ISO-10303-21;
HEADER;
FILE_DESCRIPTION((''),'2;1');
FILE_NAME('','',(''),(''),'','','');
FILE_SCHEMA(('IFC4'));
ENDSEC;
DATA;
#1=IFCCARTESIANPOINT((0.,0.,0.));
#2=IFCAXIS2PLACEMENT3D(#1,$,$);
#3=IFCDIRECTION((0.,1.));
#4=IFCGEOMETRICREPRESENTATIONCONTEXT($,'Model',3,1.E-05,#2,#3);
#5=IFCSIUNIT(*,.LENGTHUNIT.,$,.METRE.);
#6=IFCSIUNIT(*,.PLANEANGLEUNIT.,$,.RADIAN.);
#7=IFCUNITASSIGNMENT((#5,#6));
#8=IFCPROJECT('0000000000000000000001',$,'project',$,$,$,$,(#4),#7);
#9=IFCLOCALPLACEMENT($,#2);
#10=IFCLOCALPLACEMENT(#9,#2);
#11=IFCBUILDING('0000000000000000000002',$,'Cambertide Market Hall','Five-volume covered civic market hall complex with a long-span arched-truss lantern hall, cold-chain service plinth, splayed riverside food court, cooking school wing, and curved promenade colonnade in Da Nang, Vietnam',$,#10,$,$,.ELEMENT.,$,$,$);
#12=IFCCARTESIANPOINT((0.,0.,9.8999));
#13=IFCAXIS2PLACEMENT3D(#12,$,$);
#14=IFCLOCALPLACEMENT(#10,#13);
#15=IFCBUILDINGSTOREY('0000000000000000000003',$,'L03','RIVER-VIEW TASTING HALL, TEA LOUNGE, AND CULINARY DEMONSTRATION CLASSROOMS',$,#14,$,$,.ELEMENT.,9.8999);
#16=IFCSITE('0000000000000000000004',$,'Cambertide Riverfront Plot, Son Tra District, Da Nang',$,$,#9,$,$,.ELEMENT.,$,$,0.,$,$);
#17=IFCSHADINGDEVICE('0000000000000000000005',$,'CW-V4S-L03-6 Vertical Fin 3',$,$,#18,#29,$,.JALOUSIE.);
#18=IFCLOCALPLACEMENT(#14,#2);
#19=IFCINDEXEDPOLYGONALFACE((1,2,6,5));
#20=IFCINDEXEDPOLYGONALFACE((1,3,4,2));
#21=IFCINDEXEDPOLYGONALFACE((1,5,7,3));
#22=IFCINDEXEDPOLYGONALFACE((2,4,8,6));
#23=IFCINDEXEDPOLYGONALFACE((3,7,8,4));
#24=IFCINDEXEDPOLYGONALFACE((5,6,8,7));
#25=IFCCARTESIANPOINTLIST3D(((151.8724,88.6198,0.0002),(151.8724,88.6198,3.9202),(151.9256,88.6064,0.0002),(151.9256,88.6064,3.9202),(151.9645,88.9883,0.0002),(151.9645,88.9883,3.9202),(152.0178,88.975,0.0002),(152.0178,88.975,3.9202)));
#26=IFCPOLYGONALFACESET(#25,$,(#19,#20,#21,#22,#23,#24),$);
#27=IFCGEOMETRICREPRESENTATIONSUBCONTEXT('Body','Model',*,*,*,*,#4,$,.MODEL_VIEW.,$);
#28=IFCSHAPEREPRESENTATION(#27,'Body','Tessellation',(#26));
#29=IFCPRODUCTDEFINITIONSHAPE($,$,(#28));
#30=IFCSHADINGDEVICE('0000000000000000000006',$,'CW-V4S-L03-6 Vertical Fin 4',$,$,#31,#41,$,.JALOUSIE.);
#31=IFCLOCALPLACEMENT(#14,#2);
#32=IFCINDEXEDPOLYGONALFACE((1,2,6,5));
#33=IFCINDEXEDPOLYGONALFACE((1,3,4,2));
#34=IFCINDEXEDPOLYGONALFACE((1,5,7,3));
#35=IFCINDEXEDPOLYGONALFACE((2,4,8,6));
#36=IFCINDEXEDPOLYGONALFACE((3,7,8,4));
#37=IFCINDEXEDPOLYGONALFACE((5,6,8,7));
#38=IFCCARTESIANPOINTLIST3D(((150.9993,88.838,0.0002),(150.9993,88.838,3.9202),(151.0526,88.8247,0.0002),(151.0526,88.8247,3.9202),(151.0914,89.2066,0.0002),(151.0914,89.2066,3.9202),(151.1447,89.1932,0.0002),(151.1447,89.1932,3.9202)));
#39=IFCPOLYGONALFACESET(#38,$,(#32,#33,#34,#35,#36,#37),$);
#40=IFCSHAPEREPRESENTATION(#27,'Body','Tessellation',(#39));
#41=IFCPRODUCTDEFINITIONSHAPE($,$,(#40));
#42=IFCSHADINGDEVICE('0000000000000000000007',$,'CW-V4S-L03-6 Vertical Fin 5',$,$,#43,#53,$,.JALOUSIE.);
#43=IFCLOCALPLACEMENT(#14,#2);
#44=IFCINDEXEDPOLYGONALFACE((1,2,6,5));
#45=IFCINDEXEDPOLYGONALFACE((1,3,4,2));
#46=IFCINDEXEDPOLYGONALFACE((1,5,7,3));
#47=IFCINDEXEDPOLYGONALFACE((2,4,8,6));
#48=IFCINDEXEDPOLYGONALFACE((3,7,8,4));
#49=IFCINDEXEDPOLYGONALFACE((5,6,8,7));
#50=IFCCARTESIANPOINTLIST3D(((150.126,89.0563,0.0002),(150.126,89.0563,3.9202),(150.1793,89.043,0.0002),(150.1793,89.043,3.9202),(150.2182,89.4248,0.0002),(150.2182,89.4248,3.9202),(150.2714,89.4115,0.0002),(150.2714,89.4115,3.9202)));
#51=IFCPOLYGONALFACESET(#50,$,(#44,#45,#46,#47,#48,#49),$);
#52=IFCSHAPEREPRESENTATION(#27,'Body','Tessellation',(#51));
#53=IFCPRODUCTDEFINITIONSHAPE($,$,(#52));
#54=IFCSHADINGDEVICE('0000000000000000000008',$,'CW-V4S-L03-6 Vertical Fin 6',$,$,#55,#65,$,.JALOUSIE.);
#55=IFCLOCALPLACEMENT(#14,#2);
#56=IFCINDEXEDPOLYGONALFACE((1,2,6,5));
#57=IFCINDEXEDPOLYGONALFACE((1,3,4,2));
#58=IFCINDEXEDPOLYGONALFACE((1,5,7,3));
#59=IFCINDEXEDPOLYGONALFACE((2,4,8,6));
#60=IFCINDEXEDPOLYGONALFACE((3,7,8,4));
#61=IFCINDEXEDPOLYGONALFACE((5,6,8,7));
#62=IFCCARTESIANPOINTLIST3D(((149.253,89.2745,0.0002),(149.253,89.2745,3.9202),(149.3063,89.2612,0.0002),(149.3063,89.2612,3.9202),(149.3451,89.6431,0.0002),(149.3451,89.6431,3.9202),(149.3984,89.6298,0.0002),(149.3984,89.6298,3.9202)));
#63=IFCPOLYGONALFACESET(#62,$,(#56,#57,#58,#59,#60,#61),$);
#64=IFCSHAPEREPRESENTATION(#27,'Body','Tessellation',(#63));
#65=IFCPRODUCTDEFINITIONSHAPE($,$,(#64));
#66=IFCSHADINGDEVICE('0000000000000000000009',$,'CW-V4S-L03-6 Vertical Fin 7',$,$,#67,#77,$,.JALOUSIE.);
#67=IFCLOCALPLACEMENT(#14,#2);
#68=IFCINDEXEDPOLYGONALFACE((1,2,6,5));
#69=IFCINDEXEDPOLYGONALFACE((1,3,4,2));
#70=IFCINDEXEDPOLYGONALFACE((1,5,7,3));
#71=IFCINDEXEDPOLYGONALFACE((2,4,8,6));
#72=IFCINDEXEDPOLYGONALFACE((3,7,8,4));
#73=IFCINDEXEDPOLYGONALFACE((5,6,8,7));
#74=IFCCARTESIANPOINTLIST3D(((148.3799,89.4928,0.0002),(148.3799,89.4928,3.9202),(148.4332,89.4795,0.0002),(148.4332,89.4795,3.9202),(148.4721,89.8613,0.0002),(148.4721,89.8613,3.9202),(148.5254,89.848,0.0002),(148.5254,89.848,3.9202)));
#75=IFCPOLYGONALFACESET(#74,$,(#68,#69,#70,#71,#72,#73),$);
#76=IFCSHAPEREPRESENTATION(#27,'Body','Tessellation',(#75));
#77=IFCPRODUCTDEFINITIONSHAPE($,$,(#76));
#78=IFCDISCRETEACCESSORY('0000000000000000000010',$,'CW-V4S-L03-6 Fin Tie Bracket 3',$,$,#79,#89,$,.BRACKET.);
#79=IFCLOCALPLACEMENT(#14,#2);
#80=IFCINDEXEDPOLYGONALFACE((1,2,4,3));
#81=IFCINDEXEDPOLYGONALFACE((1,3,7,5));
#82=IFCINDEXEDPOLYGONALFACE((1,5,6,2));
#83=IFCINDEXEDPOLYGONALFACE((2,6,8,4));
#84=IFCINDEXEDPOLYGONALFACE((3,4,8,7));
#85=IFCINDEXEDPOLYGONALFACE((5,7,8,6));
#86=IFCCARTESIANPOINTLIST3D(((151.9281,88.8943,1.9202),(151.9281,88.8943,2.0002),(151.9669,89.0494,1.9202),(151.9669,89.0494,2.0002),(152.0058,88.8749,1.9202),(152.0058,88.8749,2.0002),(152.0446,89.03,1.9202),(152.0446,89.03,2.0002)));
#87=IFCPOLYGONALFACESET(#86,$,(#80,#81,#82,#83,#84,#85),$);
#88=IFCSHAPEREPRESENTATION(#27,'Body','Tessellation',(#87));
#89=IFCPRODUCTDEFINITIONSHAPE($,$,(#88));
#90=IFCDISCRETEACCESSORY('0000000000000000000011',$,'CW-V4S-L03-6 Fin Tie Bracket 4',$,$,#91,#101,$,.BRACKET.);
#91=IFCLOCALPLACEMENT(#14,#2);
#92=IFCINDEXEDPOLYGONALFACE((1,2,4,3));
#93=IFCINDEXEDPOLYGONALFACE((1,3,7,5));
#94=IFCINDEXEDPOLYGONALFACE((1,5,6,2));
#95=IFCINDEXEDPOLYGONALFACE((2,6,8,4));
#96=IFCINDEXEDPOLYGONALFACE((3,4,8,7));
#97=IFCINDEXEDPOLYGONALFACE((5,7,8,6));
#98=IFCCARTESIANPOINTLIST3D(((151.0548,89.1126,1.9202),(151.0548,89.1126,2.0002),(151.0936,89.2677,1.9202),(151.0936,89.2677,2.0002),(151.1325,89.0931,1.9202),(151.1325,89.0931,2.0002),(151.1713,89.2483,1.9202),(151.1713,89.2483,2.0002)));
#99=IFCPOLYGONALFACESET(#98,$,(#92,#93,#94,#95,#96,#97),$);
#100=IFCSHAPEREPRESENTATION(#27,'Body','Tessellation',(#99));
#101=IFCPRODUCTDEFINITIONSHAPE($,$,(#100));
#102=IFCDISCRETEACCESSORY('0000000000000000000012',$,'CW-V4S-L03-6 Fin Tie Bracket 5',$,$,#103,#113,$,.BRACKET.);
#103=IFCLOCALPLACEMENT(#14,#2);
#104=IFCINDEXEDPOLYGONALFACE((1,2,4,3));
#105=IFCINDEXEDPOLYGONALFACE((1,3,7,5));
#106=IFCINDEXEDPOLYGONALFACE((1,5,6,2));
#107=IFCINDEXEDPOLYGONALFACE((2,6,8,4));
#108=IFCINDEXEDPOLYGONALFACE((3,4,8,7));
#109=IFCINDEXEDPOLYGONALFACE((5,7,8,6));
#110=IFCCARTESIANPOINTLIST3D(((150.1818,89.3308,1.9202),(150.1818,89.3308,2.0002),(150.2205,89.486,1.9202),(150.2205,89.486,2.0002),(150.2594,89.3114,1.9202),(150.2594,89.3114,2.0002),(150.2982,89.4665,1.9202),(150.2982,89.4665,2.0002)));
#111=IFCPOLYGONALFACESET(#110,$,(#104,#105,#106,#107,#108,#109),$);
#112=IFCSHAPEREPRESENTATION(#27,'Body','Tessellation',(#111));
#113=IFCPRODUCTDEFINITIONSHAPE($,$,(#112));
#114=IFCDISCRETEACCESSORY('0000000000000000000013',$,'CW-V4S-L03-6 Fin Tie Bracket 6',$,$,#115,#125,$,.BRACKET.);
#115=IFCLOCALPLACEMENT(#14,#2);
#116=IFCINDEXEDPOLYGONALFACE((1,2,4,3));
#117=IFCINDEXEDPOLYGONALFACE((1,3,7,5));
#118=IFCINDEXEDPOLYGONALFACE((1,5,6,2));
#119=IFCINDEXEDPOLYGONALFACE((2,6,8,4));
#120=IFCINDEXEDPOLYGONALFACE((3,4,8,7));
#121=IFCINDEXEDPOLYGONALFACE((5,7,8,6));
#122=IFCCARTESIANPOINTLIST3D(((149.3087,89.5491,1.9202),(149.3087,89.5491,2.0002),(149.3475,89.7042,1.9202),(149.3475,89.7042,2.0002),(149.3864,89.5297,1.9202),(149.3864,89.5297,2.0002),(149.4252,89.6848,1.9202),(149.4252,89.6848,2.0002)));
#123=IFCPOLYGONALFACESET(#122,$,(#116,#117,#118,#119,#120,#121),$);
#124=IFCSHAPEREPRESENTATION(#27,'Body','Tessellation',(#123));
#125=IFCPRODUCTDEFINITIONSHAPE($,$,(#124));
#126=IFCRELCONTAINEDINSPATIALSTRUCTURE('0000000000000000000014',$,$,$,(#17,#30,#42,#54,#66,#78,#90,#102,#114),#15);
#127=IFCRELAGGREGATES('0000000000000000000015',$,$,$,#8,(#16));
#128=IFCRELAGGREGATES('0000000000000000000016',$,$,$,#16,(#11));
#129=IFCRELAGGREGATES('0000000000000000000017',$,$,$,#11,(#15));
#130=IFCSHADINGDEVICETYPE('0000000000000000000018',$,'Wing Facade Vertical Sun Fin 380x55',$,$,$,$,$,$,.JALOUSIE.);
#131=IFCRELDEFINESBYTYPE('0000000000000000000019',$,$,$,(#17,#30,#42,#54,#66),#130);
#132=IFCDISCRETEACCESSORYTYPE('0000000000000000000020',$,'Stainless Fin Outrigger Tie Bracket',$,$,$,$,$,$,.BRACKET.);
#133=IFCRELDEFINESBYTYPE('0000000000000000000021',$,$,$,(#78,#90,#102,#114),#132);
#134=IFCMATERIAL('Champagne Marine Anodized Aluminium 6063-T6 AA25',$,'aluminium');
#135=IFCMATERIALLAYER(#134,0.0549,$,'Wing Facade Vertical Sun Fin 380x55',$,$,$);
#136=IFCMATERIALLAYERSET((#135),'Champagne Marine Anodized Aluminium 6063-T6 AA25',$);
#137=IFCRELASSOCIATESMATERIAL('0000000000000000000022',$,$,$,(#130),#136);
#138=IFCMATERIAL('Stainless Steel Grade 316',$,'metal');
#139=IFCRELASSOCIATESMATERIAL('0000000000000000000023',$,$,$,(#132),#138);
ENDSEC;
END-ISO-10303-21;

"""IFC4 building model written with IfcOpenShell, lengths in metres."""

from ifc_helpers import new_model, si_unit, direction, frame, origin, origin_2d, place, context, subcontext, project, spatial, rectangle, extrude, material, layer, layer_set, type_object, element, save


model = new_model("IFC4")

# Units and contexts
model_context = context("Model", 3, precision=1e-05, world=origin(), true_north=direction((0.0, 1.0)))
body_context = subcontext(model_context, "Body", "Model", "MODEL_VIEW")
ifc_project = project(units=[si_unit("LENGTHUNIT", "METRE"), si_unit("PLANEANGLEUNIT", "RADIAN")], contexts=[model_context])

# Site, building, storey
site_placement = place(None, origin())
site = spatial("IfcSite", under=ifc_project, at=site_placement, Name="Cambertide Riverfront Plot, Son Tra District, Da Nang", CompositionType="ELEMENT", RefElevation=0.0)
building_placement = place(site_placement, origin())
building = spatial("IfcBuilding", under=site, at=building_placement, Name="Cambertide Market Hall", Description="Five-volume covered civic market hall complex with a long-span arched-truss lantern hall, cold-chain service plinth, splayed riverside food court, cooking school wing, and curved promenade colonnade in Da Nang, Vietnam", CompositionType="ELEMENT")
storey_placement = place(building_placement, frame((0.0, 0.0, 9.8999)))
storey = spatial("IfcBuildingStorey", under=building, at=storey_placement, Name="L03", Description="RIVER-VIEW TASTING HALL, TEA LOUNGE, AND CULINARY DEMONSTRATION CLASSROOMS", CompositionType="ELEMENT", Elevation=9.8999)

# Shading devices
ifc_material_1 = material(Name="Champagne Marine Anodized Aluminium 6063-T6 AA25", Category="aluminium")
ifc_layer_1 = layer(ifc_material_1, 0.0549, Name="Wing Facade Vertical Sun Fin 380x55")
ifc_layer_set_1 = layer_set([ifc_layer_1], Name="Champagne Marine Anodized Aluminium 6063-T6 AA25")
shading_device_type = type_object("IfcShadingDeviceType", Name="Wing Facade Vertical Sun Fin 380x55", PredefinedType="JALOUSIE", material=ifc_layer_set_1)
for number, where, z_axis, x_axis, name in (
    (1, (151.9451, 88.7974, 0.0002), (0.0, 0.0, 1.0), (-0.970143, 0.242535, 0.0), "CW-V4S-L03-6 Vertical Fin 3"),
    (2, (151.072, 89.0156, 0.0002), (0.0, 0.0, 1.0), (-0.970143, 0.242535, 0.0), "CW-V4S-L03-6 Vertical Fin 4"),
    (3, (150.1987, 89.2339, 0.0002), (0.0, 0.0, 1.0), (-0.970143, 0.242535, 0.0), "CW-V4S-L03-6 Vertical Fin 5"),
    (4, (149.3257, 89.4521, 0.0002), (0.0, 0.0, 1.0), (-0.970143, 0.242535, 0.0), "CW-V4S-L03-6 Vertical Fin 6"),
    (5, (148.4526, 89.6704, 0.0002), (0.0, 0.0, 1.0), (-0.970143, 0.242535, 0.0), "CW-V4S-L03-6 Vertical Fin 7"),
):
    element("IfcShadingDevice", number, at=place(storey_placement, frame(where, z_axis=z_axis, x_axis=x_axis)), inside=storey, type_object=shading_device_type, Name=name, PredefinedType="JALOUSIE", context=body_context, shape_type="SweptSolid", body=[
        extrude(rectangle(XDim=0.0549, YDim=0.3799, at=origin_2d()), origin(), (0.0, 0.0, 1.0), 3.9199),
    ])

# Discrete accessories
ifc_material_2 = material(Name="Stainless Steel Grade 316", Category="metal")
discrete_accessory_type = type_object("IfcDiscreteAccessoryType", Name="Stainless Fin Outrigger Tie Bracket", PredefinedType="BRACKET", material=ifc_material_2)
for number, where, z_axis, x_axis, name in (
    (6, (151.9863, 88.9622, 1.9202), (0.0, 0.0, 1.0), (-0.970143, 0.242535, 0.0), "CW-V4S-L03-6 Fin Tie Bracket 3"),
    (7, (151.113, 89.1804, 1.9202), (0.0, 0.0, 1.0), (-0.970143, 0.242535, 0.0), "CW-V4S-L03-6 Fin Tie Bracket 4"),
    (8, (150.24, 89.3987, 1.9202), (0.0, 0.0, 1.0), (-0.970143, 0.242535, 0.0), "CW-V4S-L03-6 Fin Tie Bracket 5"),
    (9, (149.3669, 89.6169, 1.9202), (0.0, 0.0, 1.0), (-0.970143, 0.242535, 0.0), "CW-V4S-L03-6 Fin Tie Bracket 6"),
):
    element("IfcDiscreteAccessory", number, at=place(storey_placement, frame(where, z_axis=z_axis, x_axis=x_axis)), inside=storey, type_object=discrete_accessory_type, Name=name, PredefinedType="BRACKET", context=body_context, shape_type="SweptSolid", body=[
        extrude(rectangle(XDim=0.0801, YDim=0.1599, at=origin_2d()), origin(), (0.0, 0.0, 1.0), 0.0801),
    ])

save(model, "model.ifc")
